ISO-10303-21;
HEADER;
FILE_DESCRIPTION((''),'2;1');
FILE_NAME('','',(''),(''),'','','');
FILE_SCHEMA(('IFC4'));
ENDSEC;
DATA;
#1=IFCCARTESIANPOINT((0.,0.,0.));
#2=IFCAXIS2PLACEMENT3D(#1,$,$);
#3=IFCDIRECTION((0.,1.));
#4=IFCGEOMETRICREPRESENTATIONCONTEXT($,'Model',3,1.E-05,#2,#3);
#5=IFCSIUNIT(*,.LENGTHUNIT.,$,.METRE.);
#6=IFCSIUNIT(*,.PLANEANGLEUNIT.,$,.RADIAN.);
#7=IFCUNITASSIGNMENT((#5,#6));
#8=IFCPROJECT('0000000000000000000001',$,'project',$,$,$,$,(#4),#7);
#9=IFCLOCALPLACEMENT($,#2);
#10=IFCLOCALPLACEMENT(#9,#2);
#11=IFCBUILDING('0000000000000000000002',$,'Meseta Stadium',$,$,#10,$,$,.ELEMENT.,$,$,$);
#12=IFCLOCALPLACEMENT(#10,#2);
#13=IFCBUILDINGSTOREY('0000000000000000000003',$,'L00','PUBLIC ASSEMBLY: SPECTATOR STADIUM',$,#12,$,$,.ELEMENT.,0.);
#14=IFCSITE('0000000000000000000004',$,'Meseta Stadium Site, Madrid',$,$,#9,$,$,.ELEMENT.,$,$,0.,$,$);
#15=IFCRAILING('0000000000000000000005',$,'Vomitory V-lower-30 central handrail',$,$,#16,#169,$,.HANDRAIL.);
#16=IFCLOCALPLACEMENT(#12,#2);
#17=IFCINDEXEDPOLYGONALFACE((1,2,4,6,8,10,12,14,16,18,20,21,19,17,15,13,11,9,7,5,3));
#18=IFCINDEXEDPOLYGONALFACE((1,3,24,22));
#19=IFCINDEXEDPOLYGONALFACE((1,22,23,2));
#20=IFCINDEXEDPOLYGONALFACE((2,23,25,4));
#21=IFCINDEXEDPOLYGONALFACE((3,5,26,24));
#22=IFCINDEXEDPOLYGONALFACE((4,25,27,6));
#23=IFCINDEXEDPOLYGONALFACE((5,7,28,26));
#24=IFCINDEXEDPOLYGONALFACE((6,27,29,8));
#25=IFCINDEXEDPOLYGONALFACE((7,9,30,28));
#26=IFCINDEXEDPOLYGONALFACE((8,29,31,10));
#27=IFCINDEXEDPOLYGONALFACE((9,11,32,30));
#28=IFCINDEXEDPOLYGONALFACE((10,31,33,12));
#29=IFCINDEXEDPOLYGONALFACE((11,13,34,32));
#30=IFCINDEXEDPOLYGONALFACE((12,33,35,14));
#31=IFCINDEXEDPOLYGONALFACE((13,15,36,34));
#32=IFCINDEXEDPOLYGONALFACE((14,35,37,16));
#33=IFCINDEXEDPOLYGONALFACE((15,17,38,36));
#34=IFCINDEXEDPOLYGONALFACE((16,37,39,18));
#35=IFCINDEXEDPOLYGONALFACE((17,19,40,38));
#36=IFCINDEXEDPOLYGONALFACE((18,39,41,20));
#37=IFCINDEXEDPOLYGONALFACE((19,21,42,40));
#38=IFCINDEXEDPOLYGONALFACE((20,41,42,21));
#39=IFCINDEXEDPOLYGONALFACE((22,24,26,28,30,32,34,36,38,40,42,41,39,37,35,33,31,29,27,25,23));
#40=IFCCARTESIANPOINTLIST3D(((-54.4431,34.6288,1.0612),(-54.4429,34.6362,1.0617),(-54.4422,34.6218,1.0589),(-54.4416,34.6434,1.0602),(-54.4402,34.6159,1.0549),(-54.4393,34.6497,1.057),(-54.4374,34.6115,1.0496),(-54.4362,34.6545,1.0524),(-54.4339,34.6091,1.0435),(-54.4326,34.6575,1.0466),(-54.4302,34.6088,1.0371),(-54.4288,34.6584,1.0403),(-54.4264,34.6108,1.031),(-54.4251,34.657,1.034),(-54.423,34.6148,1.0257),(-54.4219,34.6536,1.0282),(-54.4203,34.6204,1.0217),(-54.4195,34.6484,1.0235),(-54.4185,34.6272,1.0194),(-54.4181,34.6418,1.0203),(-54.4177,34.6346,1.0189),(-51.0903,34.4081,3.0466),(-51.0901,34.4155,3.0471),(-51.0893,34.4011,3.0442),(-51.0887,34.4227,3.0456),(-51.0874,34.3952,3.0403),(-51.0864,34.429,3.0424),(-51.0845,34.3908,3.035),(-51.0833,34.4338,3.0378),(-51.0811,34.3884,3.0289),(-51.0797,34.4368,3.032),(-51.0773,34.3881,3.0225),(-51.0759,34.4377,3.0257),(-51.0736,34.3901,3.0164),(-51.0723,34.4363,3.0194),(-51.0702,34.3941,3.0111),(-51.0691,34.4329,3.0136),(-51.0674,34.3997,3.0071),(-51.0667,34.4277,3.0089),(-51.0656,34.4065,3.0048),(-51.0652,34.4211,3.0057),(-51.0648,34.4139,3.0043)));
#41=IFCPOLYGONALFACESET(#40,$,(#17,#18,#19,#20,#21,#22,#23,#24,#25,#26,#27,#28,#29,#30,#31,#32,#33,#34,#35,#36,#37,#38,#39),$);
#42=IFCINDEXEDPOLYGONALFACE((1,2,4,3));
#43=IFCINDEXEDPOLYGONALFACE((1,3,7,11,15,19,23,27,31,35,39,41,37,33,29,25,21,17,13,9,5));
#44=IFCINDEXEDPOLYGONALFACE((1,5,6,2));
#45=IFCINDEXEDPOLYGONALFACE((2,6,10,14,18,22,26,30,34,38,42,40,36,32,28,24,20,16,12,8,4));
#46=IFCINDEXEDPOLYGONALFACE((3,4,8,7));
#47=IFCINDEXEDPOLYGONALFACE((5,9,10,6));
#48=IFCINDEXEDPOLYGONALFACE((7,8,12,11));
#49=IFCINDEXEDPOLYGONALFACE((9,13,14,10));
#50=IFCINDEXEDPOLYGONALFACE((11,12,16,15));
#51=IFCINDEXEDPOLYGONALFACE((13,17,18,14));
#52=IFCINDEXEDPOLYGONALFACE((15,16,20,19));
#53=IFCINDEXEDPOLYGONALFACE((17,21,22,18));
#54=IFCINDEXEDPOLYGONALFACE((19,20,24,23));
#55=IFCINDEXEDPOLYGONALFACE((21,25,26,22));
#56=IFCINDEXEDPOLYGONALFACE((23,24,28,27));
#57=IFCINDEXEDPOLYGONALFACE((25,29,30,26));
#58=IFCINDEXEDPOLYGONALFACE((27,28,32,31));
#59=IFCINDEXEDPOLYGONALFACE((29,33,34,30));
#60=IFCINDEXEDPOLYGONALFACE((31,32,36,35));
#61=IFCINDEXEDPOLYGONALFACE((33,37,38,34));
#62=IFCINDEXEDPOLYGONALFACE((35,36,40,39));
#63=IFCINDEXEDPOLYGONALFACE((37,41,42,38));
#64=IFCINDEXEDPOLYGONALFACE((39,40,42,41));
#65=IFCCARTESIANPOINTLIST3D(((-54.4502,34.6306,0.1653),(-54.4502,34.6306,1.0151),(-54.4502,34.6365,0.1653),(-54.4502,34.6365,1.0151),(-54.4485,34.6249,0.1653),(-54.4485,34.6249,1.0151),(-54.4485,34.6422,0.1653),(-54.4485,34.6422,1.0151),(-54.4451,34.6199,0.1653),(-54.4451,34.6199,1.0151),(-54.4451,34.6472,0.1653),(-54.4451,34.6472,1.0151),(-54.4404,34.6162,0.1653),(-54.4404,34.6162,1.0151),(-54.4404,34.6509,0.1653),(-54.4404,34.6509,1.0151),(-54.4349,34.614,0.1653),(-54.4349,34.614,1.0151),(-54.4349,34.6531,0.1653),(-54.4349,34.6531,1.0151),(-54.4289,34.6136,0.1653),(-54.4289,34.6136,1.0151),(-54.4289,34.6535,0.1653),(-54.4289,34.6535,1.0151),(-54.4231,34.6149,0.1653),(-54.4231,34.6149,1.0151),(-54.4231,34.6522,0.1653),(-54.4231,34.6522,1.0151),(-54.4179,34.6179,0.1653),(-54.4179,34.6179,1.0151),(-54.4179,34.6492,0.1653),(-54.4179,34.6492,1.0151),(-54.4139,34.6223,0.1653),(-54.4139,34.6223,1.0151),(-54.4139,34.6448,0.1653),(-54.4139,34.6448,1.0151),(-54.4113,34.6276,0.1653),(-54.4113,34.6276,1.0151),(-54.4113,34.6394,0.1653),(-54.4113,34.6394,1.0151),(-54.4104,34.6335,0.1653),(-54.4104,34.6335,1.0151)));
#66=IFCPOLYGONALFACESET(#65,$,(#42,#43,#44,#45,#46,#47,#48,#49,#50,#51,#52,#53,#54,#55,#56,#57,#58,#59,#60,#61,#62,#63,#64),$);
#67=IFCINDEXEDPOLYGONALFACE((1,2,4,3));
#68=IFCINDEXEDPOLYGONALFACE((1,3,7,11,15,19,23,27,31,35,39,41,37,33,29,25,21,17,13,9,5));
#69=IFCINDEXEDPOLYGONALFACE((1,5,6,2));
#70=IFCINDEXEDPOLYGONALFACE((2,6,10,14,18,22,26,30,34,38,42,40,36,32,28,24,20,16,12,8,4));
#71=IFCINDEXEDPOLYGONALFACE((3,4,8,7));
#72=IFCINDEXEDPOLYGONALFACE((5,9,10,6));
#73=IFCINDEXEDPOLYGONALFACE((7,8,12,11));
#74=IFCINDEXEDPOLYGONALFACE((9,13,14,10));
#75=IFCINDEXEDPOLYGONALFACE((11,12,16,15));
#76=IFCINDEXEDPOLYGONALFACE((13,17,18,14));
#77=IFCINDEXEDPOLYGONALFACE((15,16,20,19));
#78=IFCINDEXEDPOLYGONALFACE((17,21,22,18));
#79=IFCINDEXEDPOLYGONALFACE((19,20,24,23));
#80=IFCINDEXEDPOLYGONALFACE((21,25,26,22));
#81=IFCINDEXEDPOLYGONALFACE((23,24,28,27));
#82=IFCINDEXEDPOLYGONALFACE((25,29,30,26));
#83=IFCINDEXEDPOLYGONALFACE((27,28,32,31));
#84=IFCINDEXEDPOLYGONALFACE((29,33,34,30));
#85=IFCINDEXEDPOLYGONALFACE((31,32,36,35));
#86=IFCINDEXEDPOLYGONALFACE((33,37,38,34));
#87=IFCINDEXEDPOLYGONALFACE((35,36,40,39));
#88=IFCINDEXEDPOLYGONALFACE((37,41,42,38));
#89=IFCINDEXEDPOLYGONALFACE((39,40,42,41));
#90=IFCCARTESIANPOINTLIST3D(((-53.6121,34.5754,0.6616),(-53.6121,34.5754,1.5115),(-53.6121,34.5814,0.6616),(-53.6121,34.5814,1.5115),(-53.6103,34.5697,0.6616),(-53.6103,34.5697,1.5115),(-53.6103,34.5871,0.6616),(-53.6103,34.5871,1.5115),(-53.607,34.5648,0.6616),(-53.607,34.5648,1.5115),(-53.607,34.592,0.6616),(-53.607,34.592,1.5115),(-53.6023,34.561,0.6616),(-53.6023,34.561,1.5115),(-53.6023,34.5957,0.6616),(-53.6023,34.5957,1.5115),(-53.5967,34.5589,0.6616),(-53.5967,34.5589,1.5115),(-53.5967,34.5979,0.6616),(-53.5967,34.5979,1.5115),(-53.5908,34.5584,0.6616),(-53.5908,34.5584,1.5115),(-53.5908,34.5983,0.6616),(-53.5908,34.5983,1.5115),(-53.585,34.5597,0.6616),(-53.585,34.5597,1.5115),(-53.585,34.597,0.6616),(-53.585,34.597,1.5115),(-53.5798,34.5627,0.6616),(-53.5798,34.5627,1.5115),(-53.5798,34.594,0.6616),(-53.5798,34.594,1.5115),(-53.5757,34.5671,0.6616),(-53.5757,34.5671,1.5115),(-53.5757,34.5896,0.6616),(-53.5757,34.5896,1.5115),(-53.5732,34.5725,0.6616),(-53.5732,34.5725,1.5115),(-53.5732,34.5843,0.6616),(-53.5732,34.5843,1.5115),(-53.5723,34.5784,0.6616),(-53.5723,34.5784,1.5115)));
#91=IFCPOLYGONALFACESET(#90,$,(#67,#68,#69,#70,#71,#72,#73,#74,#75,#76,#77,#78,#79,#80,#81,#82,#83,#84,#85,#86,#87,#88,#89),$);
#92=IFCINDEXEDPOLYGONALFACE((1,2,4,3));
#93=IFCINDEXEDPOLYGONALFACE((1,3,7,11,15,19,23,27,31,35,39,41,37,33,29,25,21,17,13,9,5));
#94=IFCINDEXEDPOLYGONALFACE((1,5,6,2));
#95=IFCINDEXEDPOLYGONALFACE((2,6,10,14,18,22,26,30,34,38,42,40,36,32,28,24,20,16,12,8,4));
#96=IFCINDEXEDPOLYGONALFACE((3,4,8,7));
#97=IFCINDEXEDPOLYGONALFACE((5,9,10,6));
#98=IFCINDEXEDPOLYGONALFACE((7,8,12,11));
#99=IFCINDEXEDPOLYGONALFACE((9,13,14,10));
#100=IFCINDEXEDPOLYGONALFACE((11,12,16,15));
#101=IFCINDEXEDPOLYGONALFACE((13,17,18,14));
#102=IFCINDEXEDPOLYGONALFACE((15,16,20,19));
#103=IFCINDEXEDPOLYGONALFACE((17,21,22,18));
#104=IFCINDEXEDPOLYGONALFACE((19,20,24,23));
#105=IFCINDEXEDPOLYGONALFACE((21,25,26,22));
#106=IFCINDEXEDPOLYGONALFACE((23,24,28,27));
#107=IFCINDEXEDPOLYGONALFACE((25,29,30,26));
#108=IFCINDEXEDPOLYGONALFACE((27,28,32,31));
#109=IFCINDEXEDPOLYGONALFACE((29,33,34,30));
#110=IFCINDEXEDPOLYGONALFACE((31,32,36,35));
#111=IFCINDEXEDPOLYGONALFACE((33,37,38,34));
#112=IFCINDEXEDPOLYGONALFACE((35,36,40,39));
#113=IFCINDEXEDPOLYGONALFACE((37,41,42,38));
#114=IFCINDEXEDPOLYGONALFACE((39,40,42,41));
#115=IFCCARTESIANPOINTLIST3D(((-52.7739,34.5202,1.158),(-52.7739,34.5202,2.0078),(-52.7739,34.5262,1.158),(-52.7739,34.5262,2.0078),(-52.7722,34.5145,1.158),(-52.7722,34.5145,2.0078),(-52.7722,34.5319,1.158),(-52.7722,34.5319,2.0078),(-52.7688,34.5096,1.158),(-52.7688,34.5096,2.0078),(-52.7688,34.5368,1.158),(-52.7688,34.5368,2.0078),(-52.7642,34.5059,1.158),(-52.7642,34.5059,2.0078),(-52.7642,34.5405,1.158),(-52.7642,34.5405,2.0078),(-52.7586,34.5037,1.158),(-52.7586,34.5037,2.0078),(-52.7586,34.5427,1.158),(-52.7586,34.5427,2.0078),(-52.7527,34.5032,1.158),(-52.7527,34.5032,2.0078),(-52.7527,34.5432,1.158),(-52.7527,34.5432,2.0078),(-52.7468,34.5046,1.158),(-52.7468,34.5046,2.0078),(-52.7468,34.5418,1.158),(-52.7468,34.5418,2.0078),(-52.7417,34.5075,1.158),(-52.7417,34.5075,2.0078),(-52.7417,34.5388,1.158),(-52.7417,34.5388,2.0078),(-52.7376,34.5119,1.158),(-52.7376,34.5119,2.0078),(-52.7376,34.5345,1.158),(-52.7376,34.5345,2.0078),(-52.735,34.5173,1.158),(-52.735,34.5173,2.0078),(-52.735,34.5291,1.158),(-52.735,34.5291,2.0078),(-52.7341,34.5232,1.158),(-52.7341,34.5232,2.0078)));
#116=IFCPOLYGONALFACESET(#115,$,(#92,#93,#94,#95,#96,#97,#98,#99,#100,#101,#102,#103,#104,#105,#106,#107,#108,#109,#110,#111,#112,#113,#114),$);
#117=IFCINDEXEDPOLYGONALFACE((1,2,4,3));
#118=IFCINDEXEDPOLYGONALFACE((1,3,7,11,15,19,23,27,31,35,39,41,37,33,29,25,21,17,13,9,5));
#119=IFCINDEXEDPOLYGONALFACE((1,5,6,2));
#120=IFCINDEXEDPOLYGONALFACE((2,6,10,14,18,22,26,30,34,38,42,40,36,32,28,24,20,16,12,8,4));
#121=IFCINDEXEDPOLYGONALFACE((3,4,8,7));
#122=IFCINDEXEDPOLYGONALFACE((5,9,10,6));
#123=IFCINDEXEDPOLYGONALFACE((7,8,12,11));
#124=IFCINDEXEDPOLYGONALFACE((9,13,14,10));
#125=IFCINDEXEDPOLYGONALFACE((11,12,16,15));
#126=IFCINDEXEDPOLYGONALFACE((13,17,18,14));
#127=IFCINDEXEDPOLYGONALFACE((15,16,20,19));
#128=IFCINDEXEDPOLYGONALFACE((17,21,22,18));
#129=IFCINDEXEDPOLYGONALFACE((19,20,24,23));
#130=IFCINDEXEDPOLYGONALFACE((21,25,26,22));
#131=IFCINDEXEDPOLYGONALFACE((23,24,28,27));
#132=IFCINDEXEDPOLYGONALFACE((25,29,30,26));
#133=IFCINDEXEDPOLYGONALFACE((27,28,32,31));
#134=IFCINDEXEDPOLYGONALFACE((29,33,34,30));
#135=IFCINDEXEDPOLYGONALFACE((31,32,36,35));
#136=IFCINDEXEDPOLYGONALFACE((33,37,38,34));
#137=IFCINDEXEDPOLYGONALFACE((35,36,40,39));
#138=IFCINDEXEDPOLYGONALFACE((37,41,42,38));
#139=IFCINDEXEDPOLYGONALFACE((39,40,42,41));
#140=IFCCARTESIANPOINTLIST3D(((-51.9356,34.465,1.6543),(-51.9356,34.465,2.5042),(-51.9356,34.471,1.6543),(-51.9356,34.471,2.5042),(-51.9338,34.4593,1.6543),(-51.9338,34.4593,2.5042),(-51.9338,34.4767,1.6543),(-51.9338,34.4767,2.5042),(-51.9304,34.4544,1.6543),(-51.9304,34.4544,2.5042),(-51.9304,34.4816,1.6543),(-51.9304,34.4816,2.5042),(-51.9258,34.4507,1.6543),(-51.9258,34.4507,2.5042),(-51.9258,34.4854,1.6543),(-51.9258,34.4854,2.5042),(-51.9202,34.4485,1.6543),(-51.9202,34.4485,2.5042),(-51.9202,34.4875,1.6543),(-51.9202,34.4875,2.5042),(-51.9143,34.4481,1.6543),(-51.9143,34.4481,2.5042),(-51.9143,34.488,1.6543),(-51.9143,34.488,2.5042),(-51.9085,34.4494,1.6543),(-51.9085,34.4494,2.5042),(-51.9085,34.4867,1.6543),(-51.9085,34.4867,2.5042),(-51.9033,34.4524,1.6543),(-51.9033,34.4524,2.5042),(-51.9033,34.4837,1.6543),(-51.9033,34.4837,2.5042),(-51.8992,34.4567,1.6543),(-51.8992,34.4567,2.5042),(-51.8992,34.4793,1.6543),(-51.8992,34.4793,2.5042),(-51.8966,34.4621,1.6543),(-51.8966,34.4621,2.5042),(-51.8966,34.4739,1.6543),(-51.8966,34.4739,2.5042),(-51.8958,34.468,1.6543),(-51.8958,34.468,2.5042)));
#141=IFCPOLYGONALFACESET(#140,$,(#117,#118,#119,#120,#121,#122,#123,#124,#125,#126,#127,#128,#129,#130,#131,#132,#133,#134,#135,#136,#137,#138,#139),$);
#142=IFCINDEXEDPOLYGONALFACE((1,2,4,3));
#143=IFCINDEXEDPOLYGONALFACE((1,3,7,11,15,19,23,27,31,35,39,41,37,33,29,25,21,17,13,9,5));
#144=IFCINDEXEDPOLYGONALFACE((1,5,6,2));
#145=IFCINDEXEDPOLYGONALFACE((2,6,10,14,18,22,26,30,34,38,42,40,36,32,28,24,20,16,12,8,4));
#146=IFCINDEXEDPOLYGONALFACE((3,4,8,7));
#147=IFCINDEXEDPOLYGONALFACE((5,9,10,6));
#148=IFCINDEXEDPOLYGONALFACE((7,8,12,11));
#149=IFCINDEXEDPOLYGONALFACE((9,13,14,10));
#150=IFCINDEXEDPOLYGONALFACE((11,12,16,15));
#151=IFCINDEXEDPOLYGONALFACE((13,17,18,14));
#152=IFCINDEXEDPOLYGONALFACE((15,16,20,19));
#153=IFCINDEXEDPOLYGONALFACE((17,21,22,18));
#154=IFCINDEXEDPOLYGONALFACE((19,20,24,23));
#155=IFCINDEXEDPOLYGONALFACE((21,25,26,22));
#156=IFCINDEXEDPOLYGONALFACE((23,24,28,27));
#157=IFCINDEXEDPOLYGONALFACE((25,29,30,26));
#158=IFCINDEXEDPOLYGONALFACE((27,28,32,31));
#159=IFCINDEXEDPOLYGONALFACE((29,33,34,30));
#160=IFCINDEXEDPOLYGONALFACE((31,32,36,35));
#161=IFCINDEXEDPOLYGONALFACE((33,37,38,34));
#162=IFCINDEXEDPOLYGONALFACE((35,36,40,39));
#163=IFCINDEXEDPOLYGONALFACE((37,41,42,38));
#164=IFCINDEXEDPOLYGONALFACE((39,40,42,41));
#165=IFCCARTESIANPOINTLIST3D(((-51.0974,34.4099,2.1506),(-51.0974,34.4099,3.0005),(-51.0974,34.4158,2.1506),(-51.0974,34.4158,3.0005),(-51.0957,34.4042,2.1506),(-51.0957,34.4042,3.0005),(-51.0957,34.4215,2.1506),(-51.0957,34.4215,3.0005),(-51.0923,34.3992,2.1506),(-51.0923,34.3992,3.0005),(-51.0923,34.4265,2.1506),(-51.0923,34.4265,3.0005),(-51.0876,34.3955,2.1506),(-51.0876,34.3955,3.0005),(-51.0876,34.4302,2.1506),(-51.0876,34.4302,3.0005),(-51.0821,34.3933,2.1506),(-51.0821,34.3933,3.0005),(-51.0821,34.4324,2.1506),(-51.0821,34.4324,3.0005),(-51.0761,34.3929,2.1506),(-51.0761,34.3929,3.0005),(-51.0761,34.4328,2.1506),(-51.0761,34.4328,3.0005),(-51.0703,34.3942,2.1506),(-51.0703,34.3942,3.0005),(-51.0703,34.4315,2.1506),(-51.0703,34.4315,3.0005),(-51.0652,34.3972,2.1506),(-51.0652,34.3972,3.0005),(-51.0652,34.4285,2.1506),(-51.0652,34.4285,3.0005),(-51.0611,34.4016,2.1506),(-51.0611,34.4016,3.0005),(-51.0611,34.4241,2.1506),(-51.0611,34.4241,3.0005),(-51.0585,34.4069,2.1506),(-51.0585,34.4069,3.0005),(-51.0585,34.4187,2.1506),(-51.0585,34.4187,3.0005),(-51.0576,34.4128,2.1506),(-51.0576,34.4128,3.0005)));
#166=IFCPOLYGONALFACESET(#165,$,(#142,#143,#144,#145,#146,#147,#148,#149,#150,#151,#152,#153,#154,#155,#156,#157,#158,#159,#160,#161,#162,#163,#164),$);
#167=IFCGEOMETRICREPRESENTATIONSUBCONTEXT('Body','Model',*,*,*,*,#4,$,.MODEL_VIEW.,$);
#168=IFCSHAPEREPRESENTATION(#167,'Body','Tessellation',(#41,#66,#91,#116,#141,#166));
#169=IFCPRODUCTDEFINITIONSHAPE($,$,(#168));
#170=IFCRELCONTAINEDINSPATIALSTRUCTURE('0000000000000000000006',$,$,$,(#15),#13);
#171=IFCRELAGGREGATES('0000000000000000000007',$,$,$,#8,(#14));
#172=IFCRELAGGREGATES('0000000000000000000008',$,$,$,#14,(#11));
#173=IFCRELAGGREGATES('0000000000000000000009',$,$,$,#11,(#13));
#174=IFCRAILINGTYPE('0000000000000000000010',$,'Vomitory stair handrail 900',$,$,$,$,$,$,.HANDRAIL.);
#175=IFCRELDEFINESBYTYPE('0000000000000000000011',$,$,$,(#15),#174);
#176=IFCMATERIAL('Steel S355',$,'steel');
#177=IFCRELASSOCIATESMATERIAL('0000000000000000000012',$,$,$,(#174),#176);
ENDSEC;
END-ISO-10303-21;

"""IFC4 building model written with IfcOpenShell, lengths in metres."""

from ifc_helpers import new_model, si_unit, direction, frame, origin, origin_2d, place, context, subcontext, project, spatial, circle, extrude, material, type_object, element, save


model = new_model("IFC4")

# Units and contexts
model_context = context("Model", 3, precision=1e-05, world=origin(), true_north=direction((0.0, 1.0)))
body_context = subcontext(model_context, "Body", "Model", "MODEL_VIEW")
ifc_project = project(units=[si_unit("LENGTHUNIT", "METRE"), si_unit("PLANEANGLEUNIT", "RADIAN")], contexts=[model_context])

# Site, building, storey
site_placement = place(None, origin())
site = spatial("IfcSite", under=ifc_project, at=site_placement, Name="Meseta Stadium Site, Madrid", CompositionType="ELEMENT", RefElevation=0.0)
building_placement = place(site_placement, origin())
building = spatial("IfcBuilding", under=site, at=building_placement, Name="Meseta Stadium", CompositionType="ELEMENT")
storey_placement = place(building_placement, origin())
storey = spatial("IfcBuildingStorey", under=building, at=storey_placement, Name="L00", Description="PUBLIC ASSEMBLY: SPECTATOR STADIUM", CompositionType="ELEMENT", Elevation=0.0)

# Railing
ifc_material_1 = material(Name="Steel S355", Category="steel")
railing_type_1 = type_object("IfcRailingType", Name="Vomitory stair handrail 900", PredefinedType="HANDRAIL", material=ifc_material_1)
railing_1_placement = place(storey_placement, frame((-54.4304, 34.6335, 0.1653)))
element("IfcRailing", 1, at=railing_1_placement, inside=storey, type_object=railing_type_1, Name="Vomitory V-lower-30 central handrail", PredefinedType="HANDRAIL", context=body_context, shape_type="SweptSolid", body=[
    extrude(circle(Radius=0.0249, at=origin_2d()), frame((0.0, 0.0, 0.875), z_axis=(0.859081, -0.056551, 0.508705), x_axis=(0.065685, 0.99784, 0.0)), (0.0, 0.0, 1.0), 3.9028),
    extrude(circle(Radius=0.02, at=origin_2d()), origin(), (0.0, 0.0, 1.0), 0.8499),
    extrude(circle(Radius=0.02, at=origin_2d()), frame((0.8381, -0.0552, 0.4963)), (0.0, 0.0, 1.0), 0.8499),
    extrude(circle(Radius=0.02, at=origin_2d()), frame((1.6763, -0.1104, 0.9927)), (0.0, 0.0, 1.0), 0.8499),
    extrude(circle(Radius=0.02, at=origin_2d()), frame((2.5146, -0.1655, 1.489)), (0.0, 0.0, 1.0), 0.8499),
    extrude(circle(Radius=0.02, at=origin_2d()), frame((3.3528, -0.2207, 1.9854)), (0.0, 0.0, 1.0), 0.8499),
])

save(model, "model.ifc")
